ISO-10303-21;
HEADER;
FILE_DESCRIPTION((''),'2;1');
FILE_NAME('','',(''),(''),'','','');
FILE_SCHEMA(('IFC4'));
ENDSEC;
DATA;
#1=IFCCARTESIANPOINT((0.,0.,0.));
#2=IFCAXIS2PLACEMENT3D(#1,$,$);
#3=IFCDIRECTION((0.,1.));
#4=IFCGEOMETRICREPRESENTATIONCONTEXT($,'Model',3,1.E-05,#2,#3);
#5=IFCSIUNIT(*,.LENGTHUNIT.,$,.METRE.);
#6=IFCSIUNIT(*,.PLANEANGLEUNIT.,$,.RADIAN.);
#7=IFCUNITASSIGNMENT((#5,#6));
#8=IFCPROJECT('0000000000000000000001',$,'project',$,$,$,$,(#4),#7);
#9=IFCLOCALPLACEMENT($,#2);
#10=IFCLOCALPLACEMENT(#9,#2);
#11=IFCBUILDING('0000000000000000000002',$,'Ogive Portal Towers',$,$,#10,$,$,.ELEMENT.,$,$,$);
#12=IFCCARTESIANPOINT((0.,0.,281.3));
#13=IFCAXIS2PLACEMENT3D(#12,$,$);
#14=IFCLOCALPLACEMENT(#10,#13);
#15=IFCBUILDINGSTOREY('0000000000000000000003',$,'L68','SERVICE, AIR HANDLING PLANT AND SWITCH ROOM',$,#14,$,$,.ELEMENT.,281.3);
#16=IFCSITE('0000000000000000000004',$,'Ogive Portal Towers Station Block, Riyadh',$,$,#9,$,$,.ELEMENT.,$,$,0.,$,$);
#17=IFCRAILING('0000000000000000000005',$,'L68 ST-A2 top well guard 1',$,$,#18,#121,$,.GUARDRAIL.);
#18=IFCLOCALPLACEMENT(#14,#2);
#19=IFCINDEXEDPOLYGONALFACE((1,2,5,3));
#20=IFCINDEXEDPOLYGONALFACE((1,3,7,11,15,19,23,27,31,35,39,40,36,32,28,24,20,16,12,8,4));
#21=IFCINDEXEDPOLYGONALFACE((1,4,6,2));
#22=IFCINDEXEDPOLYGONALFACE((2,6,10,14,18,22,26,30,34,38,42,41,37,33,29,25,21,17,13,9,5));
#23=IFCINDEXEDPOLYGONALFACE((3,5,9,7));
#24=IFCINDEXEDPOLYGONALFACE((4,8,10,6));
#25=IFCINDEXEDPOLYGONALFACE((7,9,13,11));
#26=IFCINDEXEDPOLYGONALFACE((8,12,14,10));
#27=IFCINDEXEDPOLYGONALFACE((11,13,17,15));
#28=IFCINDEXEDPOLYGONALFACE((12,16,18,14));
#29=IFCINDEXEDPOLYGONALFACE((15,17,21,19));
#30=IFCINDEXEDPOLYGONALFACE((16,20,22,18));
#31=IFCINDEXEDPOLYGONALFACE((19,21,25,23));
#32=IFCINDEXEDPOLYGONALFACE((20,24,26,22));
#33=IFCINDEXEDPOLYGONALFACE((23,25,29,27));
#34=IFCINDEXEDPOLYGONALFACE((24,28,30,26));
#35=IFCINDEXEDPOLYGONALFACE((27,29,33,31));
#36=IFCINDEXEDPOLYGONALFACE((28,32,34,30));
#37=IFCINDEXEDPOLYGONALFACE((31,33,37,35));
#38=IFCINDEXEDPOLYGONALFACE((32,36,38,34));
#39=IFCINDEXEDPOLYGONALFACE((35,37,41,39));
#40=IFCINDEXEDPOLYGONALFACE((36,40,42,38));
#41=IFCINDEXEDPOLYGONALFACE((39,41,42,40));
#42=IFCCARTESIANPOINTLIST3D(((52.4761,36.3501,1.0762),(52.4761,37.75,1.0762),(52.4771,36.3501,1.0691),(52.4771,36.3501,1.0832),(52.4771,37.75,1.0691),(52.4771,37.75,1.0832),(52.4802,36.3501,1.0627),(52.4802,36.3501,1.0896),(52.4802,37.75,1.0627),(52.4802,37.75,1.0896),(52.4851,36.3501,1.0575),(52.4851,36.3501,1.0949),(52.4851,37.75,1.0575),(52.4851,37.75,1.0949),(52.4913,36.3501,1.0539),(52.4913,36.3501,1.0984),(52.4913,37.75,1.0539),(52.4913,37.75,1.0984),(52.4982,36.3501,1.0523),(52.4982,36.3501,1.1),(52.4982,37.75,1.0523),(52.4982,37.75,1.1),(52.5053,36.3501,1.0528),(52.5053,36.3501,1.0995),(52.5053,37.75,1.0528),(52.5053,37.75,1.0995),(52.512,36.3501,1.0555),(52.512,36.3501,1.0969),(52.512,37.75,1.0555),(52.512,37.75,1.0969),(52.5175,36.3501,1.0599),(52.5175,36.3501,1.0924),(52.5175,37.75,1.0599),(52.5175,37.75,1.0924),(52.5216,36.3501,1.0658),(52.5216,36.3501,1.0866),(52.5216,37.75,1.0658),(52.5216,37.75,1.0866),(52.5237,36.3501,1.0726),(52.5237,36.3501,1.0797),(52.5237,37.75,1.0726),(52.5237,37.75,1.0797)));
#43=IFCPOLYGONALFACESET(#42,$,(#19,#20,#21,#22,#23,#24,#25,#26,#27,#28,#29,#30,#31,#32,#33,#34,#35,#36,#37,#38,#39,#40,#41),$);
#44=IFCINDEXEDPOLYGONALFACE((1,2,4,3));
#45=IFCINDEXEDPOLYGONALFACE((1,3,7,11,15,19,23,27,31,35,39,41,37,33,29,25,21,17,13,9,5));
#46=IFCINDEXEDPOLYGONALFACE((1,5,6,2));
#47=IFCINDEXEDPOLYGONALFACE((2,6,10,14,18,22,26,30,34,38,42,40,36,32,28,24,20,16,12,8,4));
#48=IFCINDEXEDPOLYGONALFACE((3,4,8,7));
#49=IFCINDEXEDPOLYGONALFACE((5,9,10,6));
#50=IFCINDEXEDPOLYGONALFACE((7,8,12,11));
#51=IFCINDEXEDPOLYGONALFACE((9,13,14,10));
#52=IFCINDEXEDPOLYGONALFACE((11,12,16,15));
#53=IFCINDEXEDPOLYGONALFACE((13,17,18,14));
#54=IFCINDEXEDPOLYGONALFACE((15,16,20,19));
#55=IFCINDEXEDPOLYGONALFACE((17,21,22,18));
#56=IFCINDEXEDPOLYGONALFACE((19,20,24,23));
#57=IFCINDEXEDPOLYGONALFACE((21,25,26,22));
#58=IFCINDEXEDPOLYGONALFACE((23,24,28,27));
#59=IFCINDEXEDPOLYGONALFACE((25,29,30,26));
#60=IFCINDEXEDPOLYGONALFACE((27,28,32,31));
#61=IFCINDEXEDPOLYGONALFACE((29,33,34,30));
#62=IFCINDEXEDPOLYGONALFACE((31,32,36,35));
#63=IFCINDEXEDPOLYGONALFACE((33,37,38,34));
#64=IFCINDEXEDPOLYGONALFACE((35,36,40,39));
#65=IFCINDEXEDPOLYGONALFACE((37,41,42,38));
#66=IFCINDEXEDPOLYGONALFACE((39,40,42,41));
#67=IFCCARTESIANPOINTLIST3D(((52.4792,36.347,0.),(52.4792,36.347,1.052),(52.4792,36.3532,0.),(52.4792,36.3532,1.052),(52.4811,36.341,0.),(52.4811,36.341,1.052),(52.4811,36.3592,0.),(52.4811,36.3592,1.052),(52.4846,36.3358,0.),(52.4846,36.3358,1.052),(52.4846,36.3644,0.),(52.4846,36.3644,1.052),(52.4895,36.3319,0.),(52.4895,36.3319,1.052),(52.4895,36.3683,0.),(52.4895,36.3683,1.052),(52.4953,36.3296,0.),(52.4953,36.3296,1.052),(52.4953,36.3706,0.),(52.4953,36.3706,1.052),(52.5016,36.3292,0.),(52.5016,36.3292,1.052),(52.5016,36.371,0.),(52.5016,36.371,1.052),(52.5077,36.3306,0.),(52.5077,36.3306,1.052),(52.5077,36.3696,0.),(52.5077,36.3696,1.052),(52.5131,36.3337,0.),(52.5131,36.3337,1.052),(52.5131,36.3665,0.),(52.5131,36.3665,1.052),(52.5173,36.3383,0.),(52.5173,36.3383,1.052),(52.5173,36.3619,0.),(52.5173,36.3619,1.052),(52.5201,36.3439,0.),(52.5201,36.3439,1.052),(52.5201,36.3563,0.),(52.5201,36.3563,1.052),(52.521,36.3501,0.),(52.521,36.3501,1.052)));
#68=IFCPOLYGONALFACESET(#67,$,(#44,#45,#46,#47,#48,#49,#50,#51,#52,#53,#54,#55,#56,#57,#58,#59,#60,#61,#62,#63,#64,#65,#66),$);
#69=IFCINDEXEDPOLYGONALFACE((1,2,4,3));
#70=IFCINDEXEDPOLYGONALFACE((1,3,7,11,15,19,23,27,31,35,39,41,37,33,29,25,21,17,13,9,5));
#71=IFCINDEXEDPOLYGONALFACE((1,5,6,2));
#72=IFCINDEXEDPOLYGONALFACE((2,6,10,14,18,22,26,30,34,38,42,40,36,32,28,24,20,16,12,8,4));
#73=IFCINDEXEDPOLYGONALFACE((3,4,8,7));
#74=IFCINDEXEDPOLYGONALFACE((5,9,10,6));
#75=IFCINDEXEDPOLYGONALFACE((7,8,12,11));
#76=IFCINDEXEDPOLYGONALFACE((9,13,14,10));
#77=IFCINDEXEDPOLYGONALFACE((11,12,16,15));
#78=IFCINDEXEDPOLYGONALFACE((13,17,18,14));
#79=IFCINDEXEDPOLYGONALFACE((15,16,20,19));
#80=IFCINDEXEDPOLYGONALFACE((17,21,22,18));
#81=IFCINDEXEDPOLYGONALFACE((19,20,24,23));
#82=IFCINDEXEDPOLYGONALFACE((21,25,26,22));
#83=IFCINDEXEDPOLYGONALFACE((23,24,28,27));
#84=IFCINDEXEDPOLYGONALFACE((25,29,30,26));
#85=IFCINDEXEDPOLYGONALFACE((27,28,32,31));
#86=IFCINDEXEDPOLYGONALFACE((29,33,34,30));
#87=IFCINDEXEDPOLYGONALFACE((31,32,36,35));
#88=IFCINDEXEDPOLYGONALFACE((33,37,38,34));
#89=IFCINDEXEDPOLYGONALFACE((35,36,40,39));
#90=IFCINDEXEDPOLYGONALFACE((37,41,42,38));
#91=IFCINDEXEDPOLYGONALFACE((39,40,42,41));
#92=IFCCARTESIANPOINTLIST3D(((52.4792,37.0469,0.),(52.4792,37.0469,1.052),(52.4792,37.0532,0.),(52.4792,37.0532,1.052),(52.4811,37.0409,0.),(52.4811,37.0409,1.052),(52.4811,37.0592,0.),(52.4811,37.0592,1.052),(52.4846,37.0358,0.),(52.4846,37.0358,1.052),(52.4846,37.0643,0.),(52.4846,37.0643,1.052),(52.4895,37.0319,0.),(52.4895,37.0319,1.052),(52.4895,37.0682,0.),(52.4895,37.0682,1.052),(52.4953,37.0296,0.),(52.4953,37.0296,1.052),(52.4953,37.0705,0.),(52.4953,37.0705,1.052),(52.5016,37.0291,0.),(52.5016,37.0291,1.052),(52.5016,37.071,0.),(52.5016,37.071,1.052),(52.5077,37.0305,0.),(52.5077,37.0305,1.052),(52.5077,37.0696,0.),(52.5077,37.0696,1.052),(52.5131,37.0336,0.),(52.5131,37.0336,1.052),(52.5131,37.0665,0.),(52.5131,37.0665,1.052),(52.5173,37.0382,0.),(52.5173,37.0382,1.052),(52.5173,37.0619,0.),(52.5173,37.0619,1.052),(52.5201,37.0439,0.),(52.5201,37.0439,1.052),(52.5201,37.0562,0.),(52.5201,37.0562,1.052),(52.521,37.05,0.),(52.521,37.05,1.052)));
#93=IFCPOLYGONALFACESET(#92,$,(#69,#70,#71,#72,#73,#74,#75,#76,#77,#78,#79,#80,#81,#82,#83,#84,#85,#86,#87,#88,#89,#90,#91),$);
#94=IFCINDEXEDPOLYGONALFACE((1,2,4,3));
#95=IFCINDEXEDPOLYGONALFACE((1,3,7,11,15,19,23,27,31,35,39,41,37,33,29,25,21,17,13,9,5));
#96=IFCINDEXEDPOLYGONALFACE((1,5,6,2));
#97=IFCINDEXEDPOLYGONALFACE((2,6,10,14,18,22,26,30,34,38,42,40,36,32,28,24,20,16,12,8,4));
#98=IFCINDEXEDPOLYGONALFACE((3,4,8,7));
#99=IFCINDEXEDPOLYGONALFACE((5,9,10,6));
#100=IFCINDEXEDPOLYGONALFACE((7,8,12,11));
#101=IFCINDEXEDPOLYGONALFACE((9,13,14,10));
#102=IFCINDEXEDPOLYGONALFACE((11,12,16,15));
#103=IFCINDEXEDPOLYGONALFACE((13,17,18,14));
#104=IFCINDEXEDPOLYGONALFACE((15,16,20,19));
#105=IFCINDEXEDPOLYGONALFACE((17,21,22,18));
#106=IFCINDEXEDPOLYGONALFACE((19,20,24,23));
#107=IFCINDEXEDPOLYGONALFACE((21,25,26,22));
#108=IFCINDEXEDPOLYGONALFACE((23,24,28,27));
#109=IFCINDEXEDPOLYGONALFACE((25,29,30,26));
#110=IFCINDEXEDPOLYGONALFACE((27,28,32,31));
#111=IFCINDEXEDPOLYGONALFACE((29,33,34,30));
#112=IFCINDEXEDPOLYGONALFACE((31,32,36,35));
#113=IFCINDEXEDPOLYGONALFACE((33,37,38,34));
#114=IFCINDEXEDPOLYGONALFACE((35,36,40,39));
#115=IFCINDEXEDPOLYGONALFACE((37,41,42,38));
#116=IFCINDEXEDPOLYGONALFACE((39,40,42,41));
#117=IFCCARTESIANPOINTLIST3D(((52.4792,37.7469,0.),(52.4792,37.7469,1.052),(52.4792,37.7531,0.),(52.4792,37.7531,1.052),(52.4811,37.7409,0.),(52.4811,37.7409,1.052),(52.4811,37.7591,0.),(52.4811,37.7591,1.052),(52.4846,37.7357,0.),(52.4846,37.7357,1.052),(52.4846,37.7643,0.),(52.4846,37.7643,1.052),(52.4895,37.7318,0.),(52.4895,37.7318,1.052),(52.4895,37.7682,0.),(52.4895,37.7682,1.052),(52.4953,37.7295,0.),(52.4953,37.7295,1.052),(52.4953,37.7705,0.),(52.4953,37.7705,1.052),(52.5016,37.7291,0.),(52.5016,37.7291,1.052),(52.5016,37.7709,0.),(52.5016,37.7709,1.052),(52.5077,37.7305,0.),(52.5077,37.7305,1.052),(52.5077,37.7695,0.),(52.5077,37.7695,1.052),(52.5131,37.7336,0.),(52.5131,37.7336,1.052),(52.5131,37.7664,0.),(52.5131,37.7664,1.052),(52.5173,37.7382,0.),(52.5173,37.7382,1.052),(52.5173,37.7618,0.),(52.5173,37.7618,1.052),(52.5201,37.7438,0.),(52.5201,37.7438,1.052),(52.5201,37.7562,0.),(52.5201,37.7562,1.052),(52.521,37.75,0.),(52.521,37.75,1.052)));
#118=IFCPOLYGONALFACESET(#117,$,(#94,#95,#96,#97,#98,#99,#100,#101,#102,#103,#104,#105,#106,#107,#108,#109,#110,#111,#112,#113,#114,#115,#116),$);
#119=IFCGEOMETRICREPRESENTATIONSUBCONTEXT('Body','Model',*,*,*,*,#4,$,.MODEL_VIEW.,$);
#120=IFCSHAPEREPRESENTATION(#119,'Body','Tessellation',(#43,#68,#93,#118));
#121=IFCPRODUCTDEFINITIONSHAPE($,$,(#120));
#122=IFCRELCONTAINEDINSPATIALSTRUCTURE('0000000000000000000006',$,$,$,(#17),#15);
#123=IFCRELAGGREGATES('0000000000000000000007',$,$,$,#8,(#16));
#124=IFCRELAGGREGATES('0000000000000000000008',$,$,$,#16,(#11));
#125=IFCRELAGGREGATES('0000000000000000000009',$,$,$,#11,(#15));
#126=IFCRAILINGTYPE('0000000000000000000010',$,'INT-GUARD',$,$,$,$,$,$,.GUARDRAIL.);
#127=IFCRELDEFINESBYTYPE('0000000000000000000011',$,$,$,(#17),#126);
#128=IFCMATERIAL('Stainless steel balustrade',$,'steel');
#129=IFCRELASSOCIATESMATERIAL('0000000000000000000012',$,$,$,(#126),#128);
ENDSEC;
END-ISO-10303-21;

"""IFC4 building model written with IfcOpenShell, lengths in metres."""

from ifc_helpers import new_model, si_unit, direction, frame, origin, origin_2d, place, context, subcontext, project, spatial, circle, extrude, material, type_object, element, save


model = new_model("IFC4")

# Units and contexts
model_context = context("Model", 3, precision=1e-05, world=origin(), true_north=direction((0.0, 1.0)))
body_context = subcontext(model_context, "Body", "Model", "MODEL_VIEW")
ifc_project = project(units=[si_unit("LENGTHUNIT", "METRE"), si_unit("PLANEANGLEUNIT", "RADIAN")], contexts=[model_context])

# Site, building, storey
site_placement = place(None, origin())
site = spatial("IfcSite", under=ifc_project, at=site_placement, Name="Ogive Portal Towers Station Block, Riyadh", CompositionType="ELEMENT", RefElevation=0.0)
building_placement = place(site_placement, origin())
building = spatial("IfcBuilding", under=site, at=building_placement, Name="Ogive Portal Towers", CompositionType="ELEMENT")
storey_placement = place(building_placement, frame((0.0, 0.0, 281.3)))
storey = spatial("IfcBuildingStorey", under=building, at=storey_placement, Name="L68", Description="SERVICE, AIR HANDLING PLANT AND SWITCH ROOM", CompositionType="ELEMENT", Elevation=281.3)

# Railing
ifc_material_1 = material(Name="Stainless steel balustrade", Category="steel")
railing_type = type_object("IfcRailingType", Name="INT-GUARD", PredefinedType="GUARDRAIL", material=ifc_material_1)
railing_1_placement = place(storey_placement, frame((52.5, 36.3501, 0.0)))
element("IfcRailing", 1, at=railing_1_placement, inside=storey, type_object=railing_type, Name="L68 ST-A2 top well guard 1", PredefinedType="GUARDRAIL", context=body_context, shape_type="SweptSolid", body=[
    extrude(circle(Radius=0.0239, at=origin_2d()), frame((0.0, 0.0, 1.0762), z_axis=(0.0, 1.0, 0.0), x_axis=(-1.0, 0.0, 0.0)), (0.0, 0.0, 1.0), 1.3999),
    extrude(circle(Radius=0.021, at=origin_2d()), origin(), (0.0, 0.0, 1.0), 1.052),
    extrude(circle(Radius=0.021, at=origin_2d()), frame((0.0, 0.7, 0.0)), (0.0, 0.0, 1.0), 1.052),
    extrude(circle(Radius=0.021, at=origin_2d()), frame((0.0, 1.3999, 0.0)), (0.0, 0.0, 1.0), 1.052),
])

save(model, "model.ifc")
